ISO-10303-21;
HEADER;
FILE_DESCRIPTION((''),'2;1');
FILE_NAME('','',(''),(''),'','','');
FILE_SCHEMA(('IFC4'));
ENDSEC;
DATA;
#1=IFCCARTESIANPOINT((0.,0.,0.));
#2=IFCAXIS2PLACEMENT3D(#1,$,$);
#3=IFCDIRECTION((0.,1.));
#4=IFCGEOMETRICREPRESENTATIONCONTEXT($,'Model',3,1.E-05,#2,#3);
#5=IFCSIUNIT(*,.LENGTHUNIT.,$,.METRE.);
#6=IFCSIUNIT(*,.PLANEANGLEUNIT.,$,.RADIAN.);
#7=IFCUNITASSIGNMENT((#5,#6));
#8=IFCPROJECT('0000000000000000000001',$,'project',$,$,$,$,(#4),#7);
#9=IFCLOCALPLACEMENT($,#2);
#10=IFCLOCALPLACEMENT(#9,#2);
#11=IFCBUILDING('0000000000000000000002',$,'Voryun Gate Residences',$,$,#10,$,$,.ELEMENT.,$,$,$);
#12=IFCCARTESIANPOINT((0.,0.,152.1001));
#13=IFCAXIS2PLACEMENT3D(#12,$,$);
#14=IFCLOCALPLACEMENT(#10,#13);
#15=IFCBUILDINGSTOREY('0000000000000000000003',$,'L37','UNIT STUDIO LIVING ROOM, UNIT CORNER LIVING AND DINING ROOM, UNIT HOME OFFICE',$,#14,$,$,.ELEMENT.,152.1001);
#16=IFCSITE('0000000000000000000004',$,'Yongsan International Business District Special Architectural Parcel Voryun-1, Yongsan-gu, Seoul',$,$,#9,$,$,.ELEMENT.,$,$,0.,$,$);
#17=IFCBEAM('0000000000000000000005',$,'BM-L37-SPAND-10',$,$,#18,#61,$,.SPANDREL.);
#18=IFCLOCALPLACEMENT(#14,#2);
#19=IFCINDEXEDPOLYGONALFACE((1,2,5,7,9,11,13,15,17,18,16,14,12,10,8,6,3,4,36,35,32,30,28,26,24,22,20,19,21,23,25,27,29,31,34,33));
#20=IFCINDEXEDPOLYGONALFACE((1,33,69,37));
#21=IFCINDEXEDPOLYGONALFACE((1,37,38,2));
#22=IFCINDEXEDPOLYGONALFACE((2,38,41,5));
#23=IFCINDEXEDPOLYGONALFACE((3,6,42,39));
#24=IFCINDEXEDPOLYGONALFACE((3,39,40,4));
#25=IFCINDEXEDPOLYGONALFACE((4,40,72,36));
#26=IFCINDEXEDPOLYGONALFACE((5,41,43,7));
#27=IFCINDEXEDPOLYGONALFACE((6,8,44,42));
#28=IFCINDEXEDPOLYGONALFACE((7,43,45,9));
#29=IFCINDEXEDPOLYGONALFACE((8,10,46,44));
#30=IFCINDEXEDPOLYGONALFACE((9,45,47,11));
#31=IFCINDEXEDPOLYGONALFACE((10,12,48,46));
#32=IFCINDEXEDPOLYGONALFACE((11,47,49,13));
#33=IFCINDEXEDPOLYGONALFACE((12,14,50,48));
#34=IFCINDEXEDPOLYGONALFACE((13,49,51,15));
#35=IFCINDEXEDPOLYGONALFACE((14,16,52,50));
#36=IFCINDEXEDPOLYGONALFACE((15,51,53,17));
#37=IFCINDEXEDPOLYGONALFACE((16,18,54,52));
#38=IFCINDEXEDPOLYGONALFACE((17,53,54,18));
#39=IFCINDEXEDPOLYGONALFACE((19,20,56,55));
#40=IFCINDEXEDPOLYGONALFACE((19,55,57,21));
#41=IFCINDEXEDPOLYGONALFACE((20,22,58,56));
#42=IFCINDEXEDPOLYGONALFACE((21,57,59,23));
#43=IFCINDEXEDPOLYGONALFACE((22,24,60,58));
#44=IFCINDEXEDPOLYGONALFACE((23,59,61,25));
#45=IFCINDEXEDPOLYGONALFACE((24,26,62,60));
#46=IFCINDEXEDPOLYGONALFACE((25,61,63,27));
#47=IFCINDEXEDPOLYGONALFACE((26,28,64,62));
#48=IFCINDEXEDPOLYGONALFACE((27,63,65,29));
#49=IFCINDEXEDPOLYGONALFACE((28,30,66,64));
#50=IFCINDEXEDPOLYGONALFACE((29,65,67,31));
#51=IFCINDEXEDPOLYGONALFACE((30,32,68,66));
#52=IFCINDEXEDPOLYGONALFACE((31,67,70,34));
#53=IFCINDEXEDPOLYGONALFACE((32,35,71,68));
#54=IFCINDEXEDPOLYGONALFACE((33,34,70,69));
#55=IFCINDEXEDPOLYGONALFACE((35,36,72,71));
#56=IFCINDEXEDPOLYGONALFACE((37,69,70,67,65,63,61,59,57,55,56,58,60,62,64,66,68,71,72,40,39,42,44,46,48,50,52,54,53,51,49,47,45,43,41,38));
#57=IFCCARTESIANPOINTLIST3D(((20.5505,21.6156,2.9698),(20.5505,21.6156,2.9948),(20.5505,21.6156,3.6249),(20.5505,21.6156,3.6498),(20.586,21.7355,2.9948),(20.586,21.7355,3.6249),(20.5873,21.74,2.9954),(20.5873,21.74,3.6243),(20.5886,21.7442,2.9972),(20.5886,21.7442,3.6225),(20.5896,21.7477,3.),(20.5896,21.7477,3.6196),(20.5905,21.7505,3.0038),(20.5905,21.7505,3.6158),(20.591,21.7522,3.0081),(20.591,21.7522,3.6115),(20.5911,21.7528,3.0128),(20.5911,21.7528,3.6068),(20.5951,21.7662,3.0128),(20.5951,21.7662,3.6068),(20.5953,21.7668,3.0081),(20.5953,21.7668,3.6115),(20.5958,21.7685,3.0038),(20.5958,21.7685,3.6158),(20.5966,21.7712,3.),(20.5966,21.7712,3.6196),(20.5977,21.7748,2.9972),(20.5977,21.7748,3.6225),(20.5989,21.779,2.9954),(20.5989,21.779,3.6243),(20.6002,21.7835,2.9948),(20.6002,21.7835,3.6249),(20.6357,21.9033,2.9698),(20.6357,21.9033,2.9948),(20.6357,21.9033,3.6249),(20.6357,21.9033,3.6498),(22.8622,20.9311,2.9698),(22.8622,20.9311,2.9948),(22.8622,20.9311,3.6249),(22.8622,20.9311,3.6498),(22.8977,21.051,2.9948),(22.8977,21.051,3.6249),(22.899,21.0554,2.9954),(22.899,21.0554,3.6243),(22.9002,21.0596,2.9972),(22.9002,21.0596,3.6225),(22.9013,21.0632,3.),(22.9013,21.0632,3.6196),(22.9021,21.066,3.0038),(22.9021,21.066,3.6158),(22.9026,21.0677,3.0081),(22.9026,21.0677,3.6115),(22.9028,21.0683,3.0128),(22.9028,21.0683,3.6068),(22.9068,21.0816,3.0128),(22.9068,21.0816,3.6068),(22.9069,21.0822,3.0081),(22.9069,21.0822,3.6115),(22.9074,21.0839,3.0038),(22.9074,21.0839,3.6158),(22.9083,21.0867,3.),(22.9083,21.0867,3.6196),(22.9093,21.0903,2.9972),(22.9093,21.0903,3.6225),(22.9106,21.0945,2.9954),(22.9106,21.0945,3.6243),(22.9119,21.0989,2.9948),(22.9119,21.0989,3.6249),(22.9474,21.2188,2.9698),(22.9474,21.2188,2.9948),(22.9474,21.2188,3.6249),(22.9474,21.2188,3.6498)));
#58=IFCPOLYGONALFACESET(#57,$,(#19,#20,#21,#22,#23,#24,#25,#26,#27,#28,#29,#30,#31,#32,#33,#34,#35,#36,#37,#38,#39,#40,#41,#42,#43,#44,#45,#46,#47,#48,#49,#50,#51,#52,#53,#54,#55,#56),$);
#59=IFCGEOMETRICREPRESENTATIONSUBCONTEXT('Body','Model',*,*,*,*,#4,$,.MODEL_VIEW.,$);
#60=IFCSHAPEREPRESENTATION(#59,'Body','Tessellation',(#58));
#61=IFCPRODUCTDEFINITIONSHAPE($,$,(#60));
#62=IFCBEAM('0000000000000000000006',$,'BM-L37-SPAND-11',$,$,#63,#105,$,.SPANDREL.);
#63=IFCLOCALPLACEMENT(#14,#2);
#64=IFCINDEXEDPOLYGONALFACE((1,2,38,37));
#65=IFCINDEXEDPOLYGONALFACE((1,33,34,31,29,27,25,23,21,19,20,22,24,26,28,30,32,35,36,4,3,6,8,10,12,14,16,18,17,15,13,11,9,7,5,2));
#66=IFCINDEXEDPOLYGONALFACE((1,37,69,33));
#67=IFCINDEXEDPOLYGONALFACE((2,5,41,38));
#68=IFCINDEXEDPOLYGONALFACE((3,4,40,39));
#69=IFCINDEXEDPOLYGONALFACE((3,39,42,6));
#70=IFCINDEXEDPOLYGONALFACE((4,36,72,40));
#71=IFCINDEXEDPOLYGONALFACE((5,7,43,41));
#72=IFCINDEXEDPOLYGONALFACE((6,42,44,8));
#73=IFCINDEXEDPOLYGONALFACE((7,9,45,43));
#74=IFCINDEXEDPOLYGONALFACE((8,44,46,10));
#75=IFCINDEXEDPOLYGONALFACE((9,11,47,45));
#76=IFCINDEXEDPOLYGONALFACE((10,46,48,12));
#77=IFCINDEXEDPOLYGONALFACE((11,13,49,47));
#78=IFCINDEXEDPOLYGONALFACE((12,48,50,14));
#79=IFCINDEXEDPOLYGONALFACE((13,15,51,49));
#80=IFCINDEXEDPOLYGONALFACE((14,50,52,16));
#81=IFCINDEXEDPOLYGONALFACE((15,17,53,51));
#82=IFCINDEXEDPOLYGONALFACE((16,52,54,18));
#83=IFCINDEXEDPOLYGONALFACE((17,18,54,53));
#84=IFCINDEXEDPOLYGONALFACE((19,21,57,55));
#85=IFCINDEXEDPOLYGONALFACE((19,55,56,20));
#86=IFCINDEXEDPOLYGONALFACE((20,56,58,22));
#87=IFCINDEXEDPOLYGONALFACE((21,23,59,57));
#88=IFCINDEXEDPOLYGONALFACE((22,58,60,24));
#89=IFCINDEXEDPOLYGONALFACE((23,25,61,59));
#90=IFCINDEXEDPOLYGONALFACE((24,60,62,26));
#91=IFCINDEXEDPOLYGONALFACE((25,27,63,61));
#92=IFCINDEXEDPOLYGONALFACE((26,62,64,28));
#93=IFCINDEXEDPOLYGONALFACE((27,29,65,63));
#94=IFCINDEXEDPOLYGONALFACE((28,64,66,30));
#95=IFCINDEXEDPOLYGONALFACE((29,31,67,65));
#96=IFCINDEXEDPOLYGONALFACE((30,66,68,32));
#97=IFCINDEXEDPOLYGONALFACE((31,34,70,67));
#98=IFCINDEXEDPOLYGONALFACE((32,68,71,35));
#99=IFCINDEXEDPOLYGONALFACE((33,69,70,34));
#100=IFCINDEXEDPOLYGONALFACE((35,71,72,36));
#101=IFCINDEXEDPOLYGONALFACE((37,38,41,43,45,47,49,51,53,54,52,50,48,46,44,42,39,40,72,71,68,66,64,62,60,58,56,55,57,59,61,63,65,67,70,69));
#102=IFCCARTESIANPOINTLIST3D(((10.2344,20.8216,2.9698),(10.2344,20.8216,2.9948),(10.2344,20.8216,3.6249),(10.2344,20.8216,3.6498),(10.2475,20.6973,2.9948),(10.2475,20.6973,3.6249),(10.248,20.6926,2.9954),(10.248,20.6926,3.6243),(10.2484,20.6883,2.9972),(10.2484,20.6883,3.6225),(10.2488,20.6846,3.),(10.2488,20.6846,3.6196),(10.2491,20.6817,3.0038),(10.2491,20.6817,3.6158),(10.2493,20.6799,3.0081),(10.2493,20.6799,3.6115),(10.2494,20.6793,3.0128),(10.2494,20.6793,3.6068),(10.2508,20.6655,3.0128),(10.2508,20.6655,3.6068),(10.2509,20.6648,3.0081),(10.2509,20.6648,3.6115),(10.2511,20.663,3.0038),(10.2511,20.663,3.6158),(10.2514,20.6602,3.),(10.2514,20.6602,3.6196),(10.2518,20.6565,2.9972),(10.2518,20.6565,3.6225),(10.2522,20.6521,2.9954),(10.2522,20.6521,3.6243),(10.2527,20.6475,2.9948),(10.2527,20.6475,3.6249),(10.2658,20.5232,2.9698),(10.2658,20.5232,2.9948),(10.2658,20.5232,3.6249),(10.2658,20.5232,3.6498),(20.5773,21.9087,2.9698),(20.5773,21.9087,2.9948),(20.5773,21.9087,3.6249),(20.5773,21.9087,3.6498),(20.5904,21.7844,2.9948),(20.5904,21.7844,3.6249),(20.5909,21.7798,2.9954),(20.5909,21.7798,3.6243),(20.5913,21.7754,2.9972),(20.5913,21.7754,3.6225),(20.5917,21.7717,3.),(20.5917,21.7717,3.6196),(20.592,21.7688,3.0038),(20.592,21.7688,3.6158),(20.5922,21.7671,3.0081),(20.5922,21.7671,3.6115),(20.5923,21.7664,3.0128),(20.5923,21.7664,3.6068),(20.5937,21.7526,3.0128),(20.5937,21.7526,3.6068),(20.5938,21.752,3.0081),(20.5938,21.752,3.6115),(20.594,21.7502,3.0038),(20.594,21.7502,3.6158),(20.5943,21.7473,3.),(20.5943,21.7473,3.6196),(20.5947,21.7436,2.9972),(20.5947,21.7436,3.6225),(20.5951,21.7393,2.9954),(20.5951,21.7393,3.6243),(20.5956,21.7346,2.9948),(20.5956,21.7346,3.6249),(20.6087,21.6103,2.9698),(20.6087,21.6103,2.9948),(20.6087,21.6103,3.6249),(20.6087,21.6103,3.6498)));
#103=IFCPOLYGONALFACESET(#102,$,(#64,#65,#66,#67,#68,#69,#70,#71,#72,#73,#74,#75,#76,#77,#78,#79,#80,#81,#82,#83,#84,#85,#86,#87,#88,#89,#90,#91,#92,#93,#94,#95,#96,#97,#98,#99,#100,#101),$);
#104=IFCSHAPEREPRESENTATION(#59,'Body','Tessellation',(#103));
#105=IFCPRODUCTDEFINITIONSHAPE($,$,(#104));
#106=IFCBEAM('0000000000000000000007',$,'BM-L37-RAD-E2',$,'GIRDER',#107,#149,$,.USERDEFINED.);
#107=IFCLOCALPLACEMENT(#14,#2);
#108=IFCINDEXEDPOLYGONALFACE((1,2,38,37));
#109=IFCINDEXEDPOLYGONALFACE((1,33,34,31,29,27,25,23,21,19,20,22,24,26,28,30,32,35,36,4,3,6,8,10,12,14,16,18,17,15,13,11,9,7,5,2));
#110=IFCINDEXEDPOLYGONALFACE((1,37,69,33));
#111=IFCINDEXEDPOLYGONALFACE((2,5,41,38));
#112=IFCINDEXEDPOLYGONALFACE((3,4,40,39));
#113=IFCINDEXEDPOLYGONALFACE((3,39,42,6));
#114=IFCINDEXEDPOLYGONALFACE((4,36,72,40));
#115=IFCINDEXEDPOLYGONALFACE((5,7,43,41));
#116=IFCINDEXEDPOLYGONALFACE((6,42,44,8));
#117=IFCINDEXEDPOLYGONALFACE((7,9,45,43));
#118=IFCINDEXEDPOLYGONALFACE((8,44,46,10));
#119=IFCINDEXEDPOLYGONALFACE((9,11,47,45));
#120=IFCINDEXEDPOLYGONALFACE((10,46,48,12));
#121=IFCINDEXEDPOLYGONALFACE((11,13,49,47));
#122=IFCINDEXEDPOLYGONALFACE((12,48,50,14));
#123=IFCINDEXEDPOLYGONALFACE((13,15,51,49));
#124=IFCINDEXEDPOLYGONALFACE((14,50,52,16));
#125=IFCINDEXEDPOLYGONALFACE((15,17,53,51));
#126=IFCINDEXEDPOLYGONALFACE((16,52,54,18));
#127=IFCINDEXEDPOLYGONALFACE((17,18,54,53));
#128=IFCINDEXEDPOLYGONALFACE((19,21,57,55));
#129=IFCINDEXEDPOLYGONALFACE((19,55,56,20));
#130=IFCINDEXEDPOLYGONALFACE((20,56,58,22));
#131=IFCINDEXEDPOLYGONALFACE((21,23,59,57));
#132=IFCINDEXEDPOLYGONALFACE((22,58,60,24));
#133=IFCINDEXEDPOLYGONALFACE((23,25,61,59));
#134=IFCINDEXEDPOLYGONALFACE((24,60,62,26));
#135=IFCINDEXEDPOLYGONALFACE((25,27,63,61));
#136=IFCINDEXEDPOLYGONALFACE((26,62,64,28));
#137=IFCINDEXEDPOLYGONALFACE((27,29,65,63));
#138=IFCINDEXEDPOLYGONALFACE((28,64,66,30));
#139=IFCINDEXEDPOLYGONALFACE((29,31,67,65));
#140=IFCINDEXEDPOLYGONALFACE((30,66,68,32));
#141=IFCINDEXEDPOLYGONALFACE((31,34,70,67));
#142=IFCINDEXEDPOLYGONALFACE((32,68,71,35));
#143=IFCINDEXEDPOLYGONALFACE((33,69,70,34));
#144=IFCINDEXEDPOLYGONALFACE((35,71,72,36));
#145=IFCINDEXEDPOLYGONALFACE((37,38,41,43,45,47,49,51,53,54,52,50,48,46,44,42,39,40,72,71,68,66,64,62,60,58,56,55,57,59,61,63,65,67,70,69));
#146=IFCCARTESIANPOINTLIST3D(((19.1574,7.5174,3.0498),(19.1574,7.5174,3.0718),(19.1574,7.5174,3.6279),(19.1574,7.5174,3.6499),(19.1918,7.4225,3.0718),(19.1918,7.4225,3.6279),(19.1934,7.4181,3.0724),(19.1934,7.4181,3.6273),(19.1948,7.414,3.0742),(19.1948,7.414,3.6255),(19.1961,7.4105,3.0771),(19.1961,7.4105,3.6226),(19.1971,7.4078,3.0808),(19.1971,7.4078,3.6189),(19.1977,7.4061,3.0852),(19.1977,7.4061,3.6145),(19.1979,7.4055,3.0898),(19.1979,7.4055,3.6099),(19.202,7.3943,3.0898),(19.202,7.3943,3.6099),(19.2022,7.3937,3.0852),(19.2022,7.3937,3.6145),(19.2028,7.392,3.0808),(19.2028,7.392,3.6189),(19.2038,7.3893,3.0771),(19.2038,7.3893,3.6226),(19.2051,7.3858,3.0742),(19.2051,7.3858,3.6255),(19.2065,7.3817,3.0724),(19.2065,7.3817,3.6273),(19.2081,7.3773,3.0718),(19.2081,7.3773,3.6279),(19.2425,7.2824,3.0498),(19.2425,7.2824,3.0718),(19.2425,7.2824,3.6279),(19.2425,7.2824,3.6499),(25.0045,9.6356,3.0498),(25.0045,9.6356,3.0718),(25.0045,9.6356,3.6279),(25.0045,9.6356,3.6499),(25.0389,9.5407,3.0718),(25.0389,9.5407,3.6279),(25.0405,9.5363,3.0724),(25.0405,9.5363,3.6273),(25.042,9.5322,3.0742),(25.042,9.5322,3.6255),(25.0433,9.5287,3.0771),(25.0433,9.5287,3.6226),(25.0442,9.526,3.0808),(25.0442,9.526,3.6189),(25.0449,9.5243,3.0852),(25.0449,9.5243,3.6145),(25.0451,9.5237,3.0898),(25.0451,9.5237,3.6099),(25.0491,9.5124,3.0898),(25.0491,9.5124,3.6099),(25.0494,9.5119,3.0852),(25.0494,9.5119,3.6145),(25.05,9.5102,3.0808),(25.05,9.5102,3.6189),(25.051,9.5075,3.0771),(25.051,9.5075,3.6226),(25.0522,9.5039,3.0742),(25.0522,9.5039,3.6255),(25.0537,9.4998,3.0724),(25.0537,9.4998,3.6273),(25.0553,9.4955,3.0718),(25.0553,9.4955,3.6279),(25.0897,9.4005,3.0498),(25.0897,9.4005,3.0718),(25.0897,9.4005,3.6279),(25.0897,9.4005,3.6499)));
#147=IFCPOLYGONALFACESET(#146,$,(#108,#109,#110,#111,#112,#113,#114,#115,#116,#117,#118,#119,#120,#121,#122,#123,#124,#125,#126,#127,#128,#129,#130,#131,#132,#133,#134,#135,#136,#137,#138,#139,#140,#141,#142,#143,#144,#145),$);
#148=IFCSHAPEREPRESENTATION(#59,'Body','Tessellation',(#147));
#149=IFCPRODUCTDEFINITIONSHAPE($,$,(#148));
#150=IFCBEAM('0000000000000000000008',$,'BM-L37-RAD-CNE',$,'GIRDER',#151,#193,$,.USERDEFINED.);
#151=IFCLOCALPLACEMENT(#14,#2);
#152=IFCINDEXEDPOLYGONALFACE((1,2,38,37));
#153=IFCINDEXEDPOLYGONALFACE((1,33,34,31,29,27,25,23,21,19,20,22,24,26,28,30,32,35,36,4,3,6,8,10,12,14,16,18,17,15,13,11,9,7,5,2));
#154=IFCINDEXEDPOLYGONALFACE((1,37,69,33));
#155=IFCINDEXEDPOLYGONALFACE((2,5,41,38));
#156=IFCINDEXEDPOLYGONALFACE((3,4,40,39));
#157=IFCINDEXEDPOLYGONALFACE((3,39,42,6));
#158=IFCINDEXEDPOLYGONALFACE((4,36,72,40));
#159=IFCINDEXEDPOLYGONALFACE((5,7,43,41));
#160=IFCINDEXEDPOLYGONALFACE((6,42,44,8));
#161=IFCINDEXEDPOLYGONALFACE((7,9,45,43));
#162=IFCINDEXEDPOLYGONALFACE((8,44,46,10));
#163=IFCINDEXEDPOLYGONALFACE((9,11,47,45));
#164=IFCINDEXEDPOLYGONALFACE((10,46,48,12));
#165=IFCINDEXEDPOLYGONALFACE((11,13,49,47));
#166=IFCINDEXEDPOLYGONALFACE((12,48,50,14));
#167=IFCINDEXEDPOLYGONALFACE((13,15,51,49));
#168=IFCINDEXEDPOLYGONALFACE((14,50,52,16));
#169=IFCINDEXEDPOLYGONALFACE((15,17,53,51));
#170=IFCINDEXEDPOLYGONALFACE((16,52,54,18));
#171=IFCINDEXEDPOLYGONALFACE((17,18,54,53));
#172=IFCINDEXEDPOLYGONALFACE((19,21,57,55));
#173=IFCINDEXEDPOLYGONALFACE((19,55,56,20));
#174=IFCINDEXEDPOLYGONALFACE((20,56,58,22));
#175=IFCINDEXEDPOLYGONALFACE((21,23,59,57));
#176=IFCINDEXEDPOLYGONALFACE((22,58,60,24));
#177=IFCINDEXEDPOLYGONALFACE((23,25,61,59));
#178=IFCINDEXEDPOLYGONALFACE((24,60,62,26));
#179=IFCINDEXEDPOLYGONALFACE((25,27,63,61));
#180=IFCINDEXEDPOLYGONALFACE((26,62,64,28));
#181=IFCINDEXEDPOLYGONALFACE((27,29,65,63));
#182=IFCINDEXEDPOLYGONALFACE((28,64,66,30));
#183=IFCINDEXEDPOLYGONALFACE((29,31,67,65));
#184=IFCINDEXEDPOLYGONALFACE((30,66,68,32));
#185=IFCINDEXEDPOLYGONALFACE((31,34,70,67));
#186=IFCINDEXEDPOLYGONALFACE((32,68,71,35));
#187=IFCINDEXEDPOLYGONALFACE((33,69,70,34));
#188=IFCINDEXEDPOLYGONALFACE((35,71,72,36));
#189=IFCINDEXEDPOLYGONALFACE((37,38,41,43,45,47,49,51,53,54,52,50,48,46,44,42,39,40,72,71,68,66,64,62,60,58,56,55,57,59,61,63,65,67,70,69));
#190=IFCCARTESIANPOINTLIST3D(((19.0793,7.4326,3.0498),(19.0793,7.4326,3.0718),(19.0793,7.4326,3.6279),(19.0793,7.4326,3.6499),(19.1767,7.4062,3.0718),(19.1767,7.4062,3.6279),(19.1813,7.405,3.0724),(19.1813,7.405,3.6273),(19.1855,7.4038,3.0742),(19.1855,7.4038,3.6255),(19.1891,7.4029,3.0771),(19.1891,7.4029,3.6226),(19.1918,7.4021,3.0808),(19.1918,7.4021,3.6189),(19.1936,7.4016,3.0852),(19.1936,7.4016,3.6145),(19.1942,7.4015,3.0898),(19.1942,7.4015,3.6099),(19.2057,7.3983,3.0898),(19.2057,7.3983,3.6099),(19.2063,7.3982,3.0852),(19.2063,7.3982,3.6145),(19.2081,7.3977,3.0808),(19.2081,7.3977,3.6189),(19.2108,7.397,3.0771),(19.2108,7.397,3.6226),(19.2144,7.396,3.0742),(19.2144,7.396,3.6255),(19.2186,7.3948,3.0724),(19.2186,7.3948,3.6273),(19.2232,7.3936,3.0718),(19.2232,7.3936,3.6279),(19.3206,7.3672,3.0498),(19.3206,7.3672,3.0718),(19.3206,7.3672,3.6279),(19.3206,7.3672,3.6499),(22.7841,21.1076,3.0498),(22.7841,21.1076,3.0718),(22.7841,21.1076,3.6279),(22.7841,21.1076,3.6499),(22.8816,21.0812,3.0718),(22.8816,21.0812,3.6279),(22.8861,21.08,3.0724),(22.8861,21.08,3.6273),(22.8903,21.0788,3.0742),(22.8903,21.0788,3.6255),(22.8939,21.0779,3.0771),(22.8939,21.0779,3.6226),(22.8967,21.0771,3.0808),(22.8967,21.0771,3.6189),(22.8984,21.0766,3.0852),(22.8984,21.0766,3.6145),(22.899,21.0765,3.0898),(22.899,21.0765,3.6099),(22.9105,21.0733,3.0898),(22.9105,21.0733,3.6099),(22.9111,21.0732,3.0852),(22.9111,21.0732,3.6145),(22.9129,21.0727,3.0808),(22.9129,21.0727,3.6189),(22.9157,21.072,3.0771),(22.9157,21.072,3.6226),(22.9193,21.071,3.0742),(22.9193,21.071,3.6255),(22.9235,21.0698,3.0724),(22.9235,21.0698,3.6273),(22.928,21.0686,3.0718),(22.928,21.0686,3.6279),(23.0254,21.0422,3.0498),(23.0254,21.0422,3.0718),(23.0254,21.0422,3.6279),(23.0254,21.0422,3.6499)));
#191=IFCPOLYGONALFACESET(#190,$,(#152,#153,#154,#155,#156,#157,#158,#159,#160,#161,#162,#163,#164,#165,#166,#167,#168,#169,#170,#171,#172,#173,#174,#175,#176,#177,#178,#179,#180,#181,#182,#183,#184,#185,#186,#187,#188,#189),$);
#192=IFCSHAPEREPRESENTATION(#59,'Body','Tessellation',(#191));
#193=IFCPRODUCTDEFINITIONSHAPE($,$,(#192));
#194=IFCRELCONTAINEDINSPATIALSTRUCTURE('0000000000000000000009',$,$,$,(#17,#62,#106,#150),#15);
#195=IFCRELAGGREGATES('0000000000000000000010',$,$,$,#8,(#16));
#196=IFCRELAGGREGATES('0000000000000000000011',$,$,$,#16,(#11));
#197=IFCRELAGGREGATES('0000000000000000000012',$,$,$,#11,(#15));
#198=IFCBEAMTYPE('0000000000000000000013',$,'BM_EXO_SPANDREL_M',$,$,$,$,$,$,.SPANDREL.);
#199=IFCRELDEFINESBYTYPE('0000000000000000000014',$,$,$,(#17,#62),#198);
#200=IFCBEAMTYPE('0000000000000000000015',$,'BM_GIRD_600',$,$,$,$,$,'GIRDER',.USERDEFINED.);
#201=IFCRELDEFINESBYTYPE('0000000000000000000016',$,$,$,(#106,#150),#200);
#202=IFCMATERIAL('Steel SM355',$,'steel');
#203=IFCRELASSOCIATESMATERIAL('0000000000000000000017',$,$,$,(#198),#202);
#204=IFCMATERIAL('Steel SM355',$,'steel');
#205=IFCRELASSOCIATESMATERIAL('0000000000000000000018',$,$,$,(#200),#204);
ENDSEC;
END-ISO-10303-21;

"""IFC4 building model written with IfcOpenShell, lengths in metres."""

from ifc_helpers import new_model, si_unit, direction, frame, origin, origin_2d, place, context, subcontext, project, spatial, i_section, extrude, material, material_profile, profile_set, type_object, element, save


model = new_model("IFC4")

# Units and contexts
model_context = context("Model", 3, precision=1e-05, world=origin(), true_north=direction((0.0, 1.0)))
body_context = subcontext(model_context, "Body", "Model", "MODEL_VIEW")
ifc_project = project(units=[si_unit("LENGTHUNIT", "METRE"), si_unit("PLANEANGLEUNIT", "RADIAN")], contexts=[model_context])

# Site, building, storey
site_placement = place(None, origin())
site = spatial("IfcSite", under=ifc_project, at=site_placement, Name="Yongsan International Business District Special Architectural Parcel Voryun-1, Yongsan-gu, Seoul", CompositionType="ELEMENT", RefElevation=0.0)
building_placement = place(site_placement, origin())
building = spatial("IfcBuilding", under=site, at=building_placement, Name="Voryun Gate Residences", CompositionType="ELEMENT")
storey_placement = place(building_placement, frame((0.0, 0.0, 152.1001)))
storey = spatial("IfcBuildingStorey", under=building, at=storey_placement, Name="L37", Description="UNIT STUDIO LIVING ROOM, UNIT CORNER LIVING AND DINING ROOM, UNIT HOME OFFICE", CompositionType="ELEMENT", Elevation=152.1001)

# Beams
ifc_material_1 = material(Name="Steel SM355", Category="steel")
ifc_material_profile_1 = material_profile(ifc_material_1, i_section(OverallWidth=0.3, OverallDepth=0.6799, WebThickness=0.0139, FlangeThickness=0.0249, FilletRadius=0.0181, at=origin_2d()), Name="H-680x300x14x25")
ifc_profile_set_1 = profile_set([ifc_material_profile_1], Name="Steel SM355")
beam_type_1 = type_object("IfcBeamType", Name="BM_EXO_SPANDREL_M", PredefinedType="SPANDREL", material=ifc_profile_set_1)
beam_1_placement = place(storey_placement, frame((22.9048, 21.075, 3.3098), z_axis=(-0.958843, 0.283937, 0.0), x_axis=(-0.283937, -0.958843, 0.0)))
element("IfcBeam", 1, at=beam_1_placement, inside=storey, type_object=beam_type_1, Name="BM-L37-SPAND-10", PredefinedType="SPANDREL", context=body_context, shape_type="SweptSolid", body=[
    extrude(i_section(OverallWidth=0.3, OverallDepth=0.6799, WebThickness=0.0139, FlangeThickness=0.0249, FilletRadius=0.0181, at=origin_2d()), origin(), (0.0, 0.0, 1.0), 2.4109),
])
beam_2_placement = place(storey_placement, frame((20.593, 21.7595, 3.3098), z_axis=(-0.994521, -0.104534, 0.0), x_axis=(0.104534, -0.994521, 0.0)))
element("IfcBeam", 2, at=beam_2_placement, inside=storey, type_object=beam_type_1, Name="BM-L37-SPAND-11", PredefinedType="SPANDREL", context=body_context, shape_type="SweptSolid", body=[
    extrude(i_section(OverallWidth=0.3, OverallDepth=0.6799, WebThickness=0.0139, FlangeThickness=0.0249, FilletRadius=0.0181, at=origin_2d()), origin(), (0.0, 0.0, 1.0), 10.3999),
])
ifc_material_2 = material(Name="Steel SM355", Category="steel")
ifc_material_profile_2 = material_profile(ifc_material_2, i_section(OverallWidth=0.25, OverallDepth=0.6001, WebThickness=0.012, FlangeThickness=0.022, FilletRadius=0.0181, at=origin_2d()), Name="H-600x250x12x22")
ifc_profile_set_2 = profile_set([ifc_material_profile_2], Name="Steel SM355")
beam_type_2 = type_object("IfcBeamType", Name="BM_GIRD_600", ElementType="GIRDER", PredefinedType="USERDEFINED", material=ifc_profile_set_2)
beam_3_placement = place(storey_placement, frame((19.2, 7.3999, 3.3499), z_axis=(0.94021, 0.340595, 0.0), x_axis=(-0.340595, 0.94021, 0.0)))
element("IfcBeam", 3, at=beam_3_placement, inside=storey, type_object=beam_type_2, Name="BM-L37-RAD-E2", ObjectType="GIRDER", PredefinedType="USERDEFINED", context=body_context, shape_type="SweptSolid", body=[
    extrude(i_section(OverallWidth=0.25, OverallDepth=0.6001, WebThickness=0.012, FlangeThickness=0.022, FilletRadius=0.0181, at=origin_2d()), origin(), (0.0, 0.0, 1.0), 6.219),
])
beam_4_placement = place(storey_placement, frame((19.2, 7.3999, 3.3499), z_axis=(0.261493, 0.965205, 0.0), x_axis=(-0.965205, 0.261493, 0.0)))
element("IfcBeam", 4, at=beam_4_placement, inside=storey, type_object=beam_type_2, Name="BM-L37-RAD-CNE", ObjectType="GIRDER", PredefinedType="USERDEFINED", context=body_context, shape_type="SweptSolid", body=[
    extrude(i_section(OverallWidth=0.25, OverallDepth=0.6001, WebThickness=0.012, FlangeThickness=0.022, FilletRadius=0.0181, at=origin_2d()), origin(), (0.0, 0.0, 1.0), 14.168),
])

save(model, "model.ifc")
